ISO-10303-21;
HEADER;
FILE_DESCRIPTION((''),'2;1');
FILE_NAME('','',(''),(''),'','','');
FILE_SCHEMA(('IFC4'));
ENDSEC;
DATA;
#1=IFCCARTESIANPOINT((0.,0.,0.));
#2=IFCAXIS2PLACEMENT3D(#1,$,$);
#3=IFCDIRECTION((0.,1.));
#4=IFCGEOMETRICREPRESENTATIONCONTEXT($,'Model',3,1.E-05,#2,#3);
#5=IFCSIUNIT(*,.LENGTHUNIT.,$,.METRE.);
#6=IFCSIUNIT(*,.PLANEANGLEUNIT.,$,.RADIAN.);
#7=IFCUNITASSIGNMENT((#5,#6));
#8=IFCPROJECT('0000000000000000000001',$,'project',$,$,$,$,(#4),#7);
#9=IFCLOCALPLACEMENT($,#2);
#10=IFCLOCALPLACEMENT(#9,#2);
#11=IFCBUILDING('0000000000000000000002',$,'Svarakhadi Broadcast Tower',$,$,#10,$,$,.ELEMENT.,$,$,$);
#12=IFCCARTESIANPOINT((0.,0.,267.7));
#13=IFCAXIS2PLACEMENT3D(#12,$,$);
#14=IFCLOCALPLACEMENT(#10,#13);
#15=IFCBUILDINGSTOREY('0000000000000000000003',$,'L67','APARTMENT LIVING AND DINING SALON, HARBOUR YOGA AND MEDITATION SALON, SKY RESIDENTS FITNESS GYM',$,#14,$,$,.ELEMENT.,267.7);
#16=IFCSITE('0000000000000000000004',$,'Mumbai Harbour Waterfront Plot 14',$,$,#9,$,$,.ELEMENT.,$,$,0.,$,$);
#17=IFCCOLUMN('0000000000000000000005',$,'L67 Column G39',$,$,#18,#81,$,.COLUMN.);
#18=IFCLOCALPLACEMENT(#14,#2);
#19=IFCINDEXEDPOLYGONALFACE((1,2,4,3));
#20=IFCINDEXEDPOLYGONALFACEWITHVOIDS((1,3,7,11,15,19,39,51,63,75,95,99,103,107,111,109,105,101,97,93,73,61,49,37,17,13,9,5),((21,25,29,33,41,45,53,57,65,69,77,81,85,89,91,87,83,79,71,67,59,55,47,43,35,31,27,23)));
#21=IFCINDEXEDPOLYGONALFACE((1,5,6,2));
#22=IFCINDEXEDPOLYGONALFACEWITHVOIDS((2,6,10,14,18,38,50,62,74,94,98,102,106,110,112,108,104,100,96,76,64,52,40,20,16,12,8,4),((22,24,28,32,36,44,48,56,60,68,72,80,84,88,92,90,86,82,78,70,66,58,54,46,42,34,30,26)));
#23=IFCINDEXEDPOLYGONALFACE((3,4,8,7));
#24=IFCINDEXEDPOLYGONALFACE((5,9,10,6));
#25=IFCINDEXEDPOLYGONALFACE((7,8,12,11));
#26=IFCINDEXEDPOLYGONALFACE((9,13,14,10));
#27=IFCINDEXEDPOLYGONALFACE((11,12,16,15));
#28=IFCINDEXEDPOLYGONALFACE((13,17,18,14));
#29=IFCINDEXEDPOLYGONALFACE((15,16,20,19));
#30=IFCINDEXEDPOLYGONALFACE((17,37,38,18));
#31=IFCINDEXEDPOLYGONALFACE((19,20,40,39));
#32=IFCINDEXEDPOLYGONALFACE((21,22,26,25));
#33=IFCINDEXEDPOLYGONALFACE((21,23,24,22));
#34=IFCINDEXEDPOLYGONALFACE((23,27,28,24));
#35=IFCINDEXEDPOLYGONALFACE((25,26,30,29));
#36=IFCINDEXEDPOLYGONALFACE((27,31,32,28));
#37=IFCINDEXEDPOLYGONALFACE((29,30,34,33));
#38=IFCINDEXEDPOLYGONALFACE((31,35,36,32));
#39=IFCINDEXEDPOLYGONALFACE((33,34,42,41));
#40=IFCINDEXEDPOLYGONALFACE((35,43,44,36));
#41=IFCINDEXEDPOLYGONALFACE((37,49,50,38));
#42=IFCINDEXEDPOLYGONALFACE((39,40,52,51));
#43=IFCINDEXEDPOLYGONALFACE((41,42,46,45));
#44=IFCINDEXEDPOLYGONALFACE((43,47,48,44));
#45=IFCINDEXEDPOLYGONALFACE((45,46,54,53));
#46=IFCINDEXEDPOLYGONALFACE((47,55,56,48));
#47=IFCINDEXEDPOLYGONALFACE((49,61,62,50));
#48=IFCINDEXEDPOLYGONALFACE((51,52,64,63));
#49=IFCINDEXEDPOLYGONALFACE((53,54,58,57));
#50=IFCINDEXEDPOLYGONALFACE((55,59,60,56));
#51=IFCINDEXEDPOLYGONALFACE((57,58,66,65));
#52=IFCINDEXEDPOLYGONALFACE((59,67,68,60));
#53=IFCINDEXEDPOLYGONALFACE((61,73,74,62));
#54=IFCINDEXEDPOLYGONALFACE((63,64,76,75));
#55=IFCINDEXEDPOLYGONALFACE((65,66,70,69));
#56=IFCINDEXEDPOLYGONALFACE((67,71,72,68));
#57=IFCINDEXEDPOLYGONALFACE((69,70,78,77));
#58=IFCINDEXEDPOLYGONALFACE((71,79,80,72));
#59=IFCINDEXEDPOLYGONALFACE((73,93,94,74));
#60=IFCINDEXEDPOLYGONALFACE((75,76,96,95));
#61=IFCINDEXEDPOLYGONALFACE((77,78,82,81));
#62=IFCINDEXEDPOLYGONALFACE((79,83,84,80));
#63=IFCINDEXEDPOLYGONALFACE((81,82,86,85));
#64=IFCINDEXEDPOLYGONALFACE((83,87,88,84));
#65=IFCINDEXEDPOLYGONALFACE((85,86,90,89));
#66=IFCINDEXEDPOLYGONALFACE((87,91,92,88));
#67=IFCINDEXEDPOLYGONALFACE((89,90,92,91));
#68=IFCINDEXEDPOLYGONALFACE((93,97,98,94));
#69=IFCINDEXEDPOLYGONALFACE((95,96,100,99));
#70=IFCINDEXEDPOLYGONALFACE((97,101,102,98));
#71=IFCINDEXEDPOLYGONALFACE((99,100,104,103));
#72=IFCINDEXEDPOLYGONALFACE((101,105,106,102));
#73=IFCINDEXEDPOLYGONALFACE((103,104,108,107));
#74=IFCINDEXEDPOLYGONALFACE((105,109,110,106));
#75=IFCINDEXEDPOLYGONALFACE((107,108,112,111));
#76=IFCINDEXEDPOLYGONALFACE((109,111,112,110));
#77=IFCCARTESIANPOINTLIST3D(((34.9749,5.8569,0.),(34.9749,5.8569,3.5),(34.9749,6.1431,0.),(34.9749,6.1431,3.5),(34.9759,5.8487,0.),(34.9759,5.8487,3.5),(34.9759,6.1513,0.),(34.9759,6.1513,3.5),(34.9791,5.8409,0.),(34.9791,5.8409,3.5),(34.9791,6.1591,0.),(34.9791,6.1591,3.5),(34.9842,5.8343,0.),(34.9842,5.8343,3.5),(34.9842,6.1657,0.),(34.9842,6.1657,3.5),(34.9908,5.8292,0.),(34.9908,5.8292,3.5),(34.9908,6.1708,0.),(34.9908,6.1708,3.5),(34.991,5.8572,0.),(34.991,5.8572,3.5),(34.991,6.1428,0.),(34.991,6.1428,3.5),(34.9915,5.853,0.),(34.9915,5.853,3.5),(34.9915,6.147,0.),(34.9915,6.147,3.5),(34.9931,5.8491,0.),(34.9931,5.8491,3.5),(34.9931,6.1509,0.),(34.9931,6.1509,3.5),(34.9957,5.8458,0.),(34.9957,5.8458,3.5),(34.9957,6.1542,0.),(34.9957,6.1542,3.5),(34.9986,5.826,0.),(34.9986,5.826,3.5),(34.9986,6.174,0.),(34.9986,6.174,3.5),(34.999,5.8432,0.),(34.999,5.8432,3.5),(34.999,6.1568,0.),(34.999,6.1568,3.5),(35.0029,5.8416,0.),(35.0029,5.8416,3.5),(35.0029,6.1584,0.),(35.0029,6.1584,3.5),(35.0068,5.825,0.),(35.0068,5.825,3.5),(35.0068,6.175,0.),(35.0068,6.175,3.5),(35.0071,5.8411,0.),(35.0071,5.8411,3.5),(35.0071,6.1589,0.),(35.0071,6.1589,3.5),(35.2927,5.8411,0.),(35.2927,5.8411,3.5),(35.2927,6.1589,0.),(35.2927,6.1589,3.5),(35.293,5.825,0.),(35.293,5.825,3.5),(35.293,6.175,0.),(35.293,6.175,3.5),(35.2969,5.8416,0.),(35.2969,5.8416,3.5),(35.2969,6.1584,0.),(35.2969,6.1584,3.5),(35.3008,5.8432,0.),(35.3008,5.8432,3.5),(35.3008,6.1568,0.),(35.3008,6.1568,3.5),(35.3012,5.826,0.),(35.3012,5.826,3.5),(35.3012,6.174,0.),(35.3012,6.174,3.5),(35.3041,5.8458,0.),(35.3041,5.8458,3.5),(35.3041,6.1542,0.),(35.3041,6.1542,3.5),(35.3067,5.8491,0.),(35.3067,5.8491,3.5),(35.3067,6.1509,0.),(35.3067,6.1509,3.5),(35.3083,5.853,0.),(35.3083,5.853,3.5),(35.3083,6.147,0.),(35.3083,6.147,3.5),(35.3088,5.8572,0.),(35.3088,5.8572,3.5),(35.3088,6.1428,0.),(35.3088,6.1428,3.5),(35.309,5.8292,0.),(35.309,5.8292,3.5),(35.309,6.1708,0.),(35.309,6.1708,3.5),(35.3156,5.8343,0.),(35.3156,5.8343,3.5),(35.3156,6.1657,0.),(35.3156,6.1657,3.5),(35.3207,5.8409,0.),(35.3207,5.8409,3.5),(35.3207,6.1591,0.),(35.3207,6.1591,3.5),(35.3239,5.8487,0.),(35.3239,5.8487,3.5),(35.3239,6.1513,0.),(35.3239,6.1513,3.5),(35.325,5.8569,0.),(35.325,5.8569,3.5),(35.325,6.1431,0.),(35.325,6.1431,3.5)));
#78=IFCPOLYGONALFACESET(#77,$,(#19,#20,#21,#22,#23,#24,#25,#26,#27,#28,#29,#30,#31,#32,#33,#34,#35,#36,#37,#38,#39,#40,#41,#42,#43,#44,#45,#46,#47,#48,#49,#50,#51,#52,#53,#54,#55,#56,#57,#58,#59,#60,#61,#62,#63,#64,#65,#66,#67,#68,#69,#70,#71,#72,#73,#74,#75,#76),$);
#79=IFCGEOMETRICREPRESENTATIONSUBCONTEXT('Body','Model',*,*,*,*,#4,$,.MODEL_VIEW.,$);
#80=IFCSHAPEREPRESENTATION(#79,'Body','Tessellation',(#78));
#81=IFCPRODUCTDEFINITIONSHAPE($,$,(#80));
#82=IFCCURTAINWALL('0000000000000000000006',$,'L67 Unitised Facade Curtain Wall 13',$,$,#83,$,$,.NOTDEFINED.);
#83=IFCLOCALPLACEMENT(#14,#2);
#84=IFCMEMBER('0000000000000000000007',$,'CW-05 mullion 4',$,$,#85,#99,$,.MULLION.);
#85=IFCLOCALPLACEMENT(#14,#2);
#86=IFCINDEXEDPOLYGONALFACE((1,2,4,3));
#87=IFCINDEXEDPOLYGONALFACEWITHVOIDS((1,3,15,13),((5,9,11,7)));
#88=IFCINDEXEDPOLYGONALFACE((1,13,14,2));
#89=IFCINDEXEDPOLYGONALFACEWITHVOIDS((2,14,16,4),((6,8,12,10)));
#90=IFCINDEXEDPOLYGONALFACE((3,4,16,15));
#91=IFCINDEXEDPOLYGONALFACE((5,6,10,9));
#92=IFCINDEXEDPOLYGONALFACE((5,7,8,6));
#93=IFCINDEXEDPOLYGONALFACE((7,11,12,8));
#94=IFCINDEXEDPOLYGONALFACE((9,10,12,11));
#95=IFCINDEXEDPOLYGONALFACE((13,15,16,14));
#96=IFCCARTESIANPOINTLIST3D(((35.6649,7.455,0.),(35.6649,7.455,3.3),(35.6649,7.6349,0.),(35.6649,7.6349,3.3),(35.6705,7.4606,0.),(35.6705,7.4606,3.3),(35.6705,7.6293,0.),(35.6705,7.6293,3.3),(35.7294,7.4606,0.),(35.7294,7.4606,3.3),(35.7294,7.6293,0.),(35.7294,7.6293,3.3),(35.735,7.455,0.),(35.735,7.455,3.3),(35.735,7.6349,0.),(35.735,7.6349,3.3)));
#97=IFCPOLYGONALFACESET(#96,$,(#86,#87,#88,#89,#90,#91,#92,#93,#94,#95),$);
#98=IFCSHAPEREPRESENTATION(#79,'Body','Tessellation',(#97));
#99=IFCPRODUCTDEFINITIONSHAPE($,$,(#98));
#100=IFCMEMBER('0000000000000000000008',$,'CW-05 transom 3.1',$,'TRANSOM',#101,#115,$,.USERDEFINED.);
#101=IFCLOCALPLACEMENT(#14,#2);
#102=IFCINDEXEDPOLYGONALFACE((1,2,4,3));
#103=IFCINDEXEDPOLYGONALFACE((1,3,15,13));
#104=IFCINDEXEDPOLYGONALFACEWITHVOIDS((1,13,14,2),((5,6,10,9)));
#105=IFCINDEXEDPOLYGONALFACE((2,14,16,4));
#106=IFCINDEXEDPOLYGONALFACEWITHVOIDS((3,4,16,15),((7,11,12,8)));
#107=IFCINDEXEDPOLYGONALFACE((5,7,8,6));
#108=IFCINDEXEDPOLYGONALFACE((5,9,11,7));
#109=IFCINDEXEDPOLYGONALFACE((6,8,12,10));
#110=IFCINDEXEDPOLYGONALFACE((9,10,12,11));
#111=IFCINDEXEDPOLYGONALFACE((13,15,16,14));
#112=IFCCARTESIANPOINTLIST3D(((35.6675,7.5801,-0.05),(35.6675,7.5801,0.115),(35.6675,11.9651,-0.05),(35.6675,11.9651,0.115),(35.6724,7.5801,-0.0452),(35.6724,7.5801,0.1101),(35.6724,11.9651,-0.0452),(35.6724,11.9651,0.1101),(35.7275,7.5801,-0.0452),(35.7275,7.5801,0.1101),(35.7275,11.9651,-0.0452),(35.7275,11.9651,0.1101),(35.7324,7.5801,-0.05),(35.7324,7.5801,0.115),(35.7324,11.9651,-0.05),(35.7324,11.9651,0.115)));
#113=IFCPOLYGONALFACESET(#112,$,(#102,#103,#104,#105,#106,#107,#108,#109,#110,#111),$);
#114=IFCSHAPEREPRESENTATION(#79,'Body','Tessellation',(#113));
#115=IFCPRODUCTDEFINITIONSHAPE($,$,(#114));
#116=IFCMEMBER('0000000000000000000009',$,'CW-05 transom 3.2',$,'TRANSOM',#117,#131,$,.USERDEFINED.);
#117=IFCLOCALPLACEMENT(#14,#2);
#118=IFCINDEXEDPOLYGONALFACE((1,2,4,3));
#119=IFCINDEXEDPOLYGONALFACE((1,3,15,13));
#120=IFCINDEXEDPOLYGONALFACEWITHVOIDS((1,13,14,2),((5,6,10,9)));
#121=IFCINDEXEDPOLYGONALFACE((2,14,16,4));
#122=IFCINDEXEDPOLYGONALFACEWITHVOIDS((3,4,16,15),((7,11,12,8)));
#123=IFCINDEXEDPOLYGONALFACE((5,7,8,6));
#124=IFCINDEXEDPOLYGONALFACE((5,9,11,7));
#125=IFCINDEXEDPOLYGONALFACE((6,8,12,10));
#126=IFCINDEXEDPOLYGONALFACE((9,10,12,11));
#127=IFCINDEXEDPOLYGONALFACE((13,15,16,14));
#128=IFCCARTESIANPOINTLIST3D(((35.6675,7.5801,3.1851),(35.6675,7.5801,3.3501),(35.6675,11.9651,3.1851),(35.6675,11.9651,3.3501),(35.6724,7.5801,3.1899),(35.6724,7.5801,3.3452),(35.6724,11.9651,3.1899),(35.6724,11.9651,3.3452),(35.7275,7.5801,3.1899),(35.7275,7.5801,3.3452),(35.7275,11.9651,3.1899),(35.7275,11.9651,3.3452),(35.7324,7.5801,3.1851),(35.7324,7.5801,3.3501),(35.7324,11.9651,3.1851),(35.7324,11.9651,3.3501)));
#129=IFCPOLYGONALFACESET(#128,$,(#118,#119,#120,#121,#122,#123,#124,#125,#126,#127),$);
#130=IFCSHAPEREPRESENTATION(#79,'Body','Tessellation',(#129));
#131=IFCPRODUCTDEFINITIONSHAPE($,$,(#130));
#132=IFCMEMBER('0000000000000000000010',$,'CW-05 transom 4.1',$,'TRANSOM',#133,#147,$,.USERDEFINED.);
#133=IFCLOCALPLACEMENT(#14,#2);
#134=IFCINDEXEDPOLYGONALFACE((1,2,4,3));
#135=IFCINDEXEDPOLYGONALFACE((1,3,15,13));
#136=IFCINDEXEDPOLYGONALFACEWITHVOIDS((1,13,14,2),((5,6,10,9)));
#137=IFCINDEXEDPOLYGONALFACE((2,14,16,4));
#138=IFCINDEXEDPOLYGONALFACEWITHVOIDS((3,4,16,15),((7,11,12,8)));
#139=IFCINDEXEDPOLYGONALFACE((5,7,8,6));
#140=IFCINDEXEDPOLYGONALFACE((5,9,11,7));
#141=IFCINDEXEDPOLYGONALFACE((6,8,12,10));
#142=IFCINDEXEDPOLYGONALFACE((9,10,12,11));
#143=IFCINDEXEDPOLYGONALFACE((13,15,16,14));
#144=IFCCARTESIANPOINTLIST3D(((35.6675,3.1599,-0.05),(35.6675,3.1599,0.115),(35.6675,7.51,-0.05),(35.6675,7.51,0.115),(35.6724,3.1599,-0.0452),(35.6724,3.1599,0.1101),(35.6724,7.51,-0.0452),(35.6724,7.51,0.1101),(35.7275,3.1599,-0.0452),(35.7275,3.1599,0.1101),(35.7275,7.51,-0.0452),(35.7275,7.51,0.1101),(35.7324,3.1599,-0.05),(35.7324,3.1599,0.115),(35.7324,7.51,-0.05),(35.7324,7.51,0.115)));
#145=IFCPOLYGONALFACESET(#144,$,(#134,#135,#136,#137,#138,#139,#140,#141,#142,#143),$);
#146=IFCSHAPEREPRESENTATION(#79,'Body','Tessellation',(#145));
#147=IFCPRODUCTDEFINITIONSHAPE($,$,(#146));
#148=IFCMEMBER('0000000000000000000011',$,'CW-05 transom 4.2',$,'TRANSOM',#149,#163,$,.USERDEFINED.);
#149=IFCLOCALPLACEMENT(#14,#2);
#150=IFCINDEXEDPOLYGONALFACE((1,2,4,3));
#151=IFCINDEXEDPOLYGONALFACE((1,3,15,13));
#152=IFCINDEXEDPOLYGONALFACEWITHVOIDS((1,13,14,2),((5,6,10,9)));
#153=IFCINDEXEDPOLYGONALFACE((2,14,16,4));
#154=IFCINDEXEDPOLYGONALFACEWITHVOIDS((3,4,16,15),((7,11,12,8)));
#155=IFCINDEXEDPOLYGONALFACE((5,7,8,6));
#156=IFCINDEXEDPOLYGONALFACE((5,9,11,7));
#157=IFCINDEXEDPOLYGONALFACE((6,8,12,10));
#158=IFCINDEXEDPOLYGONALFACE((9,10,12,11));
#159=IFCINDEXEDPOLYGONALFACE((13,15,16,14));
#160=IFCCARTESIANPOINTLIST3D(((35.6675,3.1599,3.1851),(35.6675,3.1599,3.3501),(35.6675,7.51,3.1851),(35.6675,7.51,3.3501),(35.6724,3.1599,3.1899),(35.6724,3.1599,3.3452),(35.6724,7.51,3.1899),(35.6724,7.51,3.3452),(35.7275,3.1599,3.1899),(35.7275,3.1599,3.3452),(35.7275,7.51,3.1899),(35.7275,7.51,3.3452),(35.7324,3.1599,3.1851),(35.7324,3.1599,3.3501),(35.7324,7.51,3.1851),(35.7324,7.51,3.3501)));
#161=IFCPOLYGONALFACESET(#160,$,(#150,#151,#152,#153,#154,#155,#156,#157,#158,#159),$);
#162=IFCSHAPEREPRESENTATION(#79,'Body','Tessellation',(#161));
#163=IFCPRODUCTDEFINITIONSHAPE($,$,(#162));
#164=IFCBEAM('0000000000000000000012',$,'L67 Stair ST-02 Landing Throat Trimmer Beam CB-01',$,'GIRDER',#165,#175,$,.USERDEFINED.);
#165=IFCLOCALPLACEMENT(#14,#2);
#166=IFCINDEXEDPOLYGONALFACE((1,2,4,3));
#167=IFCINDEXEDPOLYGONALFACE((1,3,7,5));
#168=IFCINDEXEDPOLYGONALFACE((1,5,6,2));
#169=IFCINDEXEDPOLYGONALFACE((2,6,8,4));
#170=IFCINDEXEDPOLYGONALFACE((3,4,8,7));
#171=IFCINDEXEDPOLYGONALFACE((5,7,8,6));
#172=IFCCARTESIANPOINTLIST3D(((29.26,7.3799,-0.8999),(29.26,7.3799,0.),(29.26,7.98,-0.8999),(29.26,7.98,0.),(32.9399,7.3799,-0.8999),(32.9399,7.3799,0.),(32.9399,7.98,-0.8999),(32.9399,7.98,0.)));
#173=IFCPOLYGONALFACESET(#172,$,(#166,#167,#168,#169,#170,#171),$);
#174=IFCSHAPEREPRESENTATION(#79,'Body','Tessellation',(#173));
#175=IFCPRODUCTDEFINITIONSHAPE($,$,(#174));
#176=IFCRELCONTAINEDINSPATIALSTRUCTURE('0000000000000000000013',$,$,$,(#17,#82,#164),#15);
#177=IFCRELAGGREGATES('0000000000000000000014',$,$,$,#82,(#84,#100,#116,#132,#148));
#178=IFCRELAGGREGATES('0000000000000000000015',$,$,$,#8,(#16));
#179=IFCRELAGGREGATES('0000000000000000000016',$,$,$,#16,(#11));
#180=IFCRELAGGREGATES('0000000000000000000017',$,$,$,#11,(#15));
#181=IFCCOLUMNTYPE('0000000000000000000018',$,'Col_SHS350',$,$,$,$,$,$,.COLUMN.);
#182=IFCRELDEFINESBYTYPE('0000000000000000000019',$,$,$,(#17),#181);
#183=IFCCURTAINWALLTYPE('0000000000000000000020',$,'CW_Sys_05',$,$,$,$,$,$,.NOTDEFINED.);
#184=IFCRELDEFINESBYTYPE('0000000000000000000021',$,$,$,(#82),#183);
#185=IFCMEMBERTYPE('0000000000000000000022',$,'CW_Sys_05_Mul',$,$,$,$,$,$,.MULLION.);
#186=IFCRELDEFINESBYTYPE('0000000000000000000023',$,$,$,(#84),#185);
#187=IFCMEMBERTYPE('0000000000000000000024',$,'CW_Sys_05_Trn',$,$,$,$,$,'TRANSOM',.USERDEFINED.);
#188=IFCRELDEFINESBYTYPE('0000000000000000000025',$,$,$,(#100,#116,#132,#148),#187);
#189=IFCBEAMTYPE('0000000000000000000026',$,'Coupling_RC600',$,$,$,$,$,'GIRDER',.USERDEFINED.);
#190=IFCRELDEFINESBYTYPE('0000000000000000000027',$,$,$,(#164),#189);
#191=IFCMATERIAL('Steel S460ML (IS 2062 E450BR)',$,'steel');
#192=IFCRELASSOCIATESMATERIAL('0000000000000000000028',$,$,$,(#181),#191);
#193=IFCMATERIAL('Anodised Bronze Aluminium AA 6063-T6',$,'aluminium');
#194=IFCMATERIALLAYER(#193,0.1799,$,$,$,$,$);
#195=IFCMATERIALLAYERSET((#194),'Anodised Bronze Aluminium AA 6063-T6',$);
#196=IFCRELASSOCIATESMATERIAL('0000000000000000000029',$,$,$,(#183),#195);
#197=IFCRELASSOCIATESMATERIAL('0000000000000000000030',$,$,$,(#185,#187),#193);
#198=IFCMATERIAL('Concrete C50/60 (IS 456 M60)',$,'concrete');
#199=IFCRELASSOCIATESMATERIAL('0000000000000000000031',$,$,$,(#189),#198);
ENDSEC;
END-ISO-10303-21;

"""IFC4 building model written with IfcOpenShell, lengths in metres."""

from ifc_helpers import new_model, si_unit, direction, frame, origin, origin_2d, place, context, subcontext, project, spatial, rectangle, hollow_rectangle, extrude, material, layer, layer_set, material_profile, profile_set, type_object, element, aggregate, save


model = new_model("IFC4")

# Units and contexts
model_context = context("Model", 3, precision=1e-05, world=origin(), true_north=direction((0.0, 1.0)))
body_context = subcontext(model_context, "Body", "Model", "MODEL_VIEW")
ifc_project = project(units=[si_unit("LENGTHUNIT", "METRE"), si_unit("PLANEANGLEUNIT", "RADIAN")], contexts=[model_context])

# Site, building, storey
site_placement = place(None, origin())
site = spatial("IfcSite", under=ifc_project, at=site_placement, Name="Mumbai Harbour Waterfront Plot 14", CompositionType="ELEMENT", RefElevation=0.0)
building_placement = place(site_placement, origin())
building = spatial("IfcBuilding", under=site, at=building_placement, Name="Svarakhadi Broadcast Tower", CompositionType="ELEMENT")
storey_placement = place(building_placement, frame((0.0, 0.0, 267.7)))
storey = spatial("IfcBuildingStorey", under=building, at=storey_placement, Name="L67", Description="APARTMENT LIVING AND DINING SALON, HARBOUR YOGA AND MEDITATION SALON, SKY RESIDENTS FITNESS GYM", CompositionType="ELEMENT", Elevation=267.7)

# Column
ifc_material_1 = material(Name="Steel S460ML (IS 2062 E450BR)", Category="steel")
ifc_material_profile_1 = material_profile(ifc_material_1, hollow_rectangle(XDim=0.3501, YDim=0.3501, WallThickness=0.0161, InnerFilletRadius=0.0161, OuterFilletRadius=0.032, at=origin_2d()), Name="SHS 350x350x16")
ifc_profile_set_1 = profile_set([ifc_material_profile_1], Name="Steel S460ML (IS 2062 E450BR)")
column_type = type_object("IfcColumnType", Name="Col_SHS350", PredefinedType="COLUMN", material=ifc_profile_set_1)
column_placement = place(storey_placement, frame((35.1499, 6.0, 0.0), z_axis=(0.0, 0.0, 1.0), x_axis=(1.0, 0.0, 0.0)))
element("IfcColumn", 1, at=column_placement, inside=storey, type_object=column_type, Name="L67 Column G39", PredefinedType="COLUMN", context=body_context, shape_type="SweptSolid", body=[
    extrude(hollow_rectangle(XDim=0.3501, YDim=0.3501, WallThickness=0.0161, InnerFilletRadius=0.0161, OuterFilletRadius=0.032, at=origin_2d()), origin(), (0.0, 0.0, 1.0), 3.5),
])

# Curtain wall, members
ifc_material_2 = material(Name="Anodised Bronze Aluminium AA 6063-T6", Category="aluminium")
ifc_layer_1 = layer(ifc_material_2, 0.1799)
ifc_layer_set_1 = layer_set([ifc_layer_1], Name="Anodised Bronze Aluminium AA 6063-T6")
curtain_wall_type = type_object("IfcCurtainWallType", Name="CW_Sys_05", PredefinedType="NOTDEFINED", material=ifc_layer_set_1)
curtain_wall_placement = place(storey_placement, origin())
curtain_wall = element("IfcCurtainWall", 2, at=curtain_wall_placement, inside=storey, type_object=curtain_wall_type, Name="L67 Unitised Facade Curtain Wall 13", PredefinedType="NOTDEFINED")
ifc_material_profile_2 = material_profile(ifc_material_2, hollow_rectangle(XDim=0.0701, YDim=0.1799, WallThickness=0.0056, at=origin_2d()), Name="ALU MULLION 180x70x6")
ifc_profile_set_2 = profile_set([ifc_material_profile_2], Name="Anodised Bronze Aluminium AA 6063-T6")
member_type_1 = type_object("IfcMemberType", Name="CW_Sys_05_Mul", PredefinedType="MULLION", material=ifc_profile_set_2)
member_1_placement = place(storey_placement, frame((35.7, 7.5449, 0.0), z_axis=(0.0, 0.0, 1.0), x_axis=(1.0, 0.0, 0.0)))
member_1 = element("IfcMember", 3, at=member_1_placement, type_object=member_type_1, Name="CW-05 mullion 4", PredefinedType="MULLION", context=body_context, shape_type="SweptSolid", body=[
    extrude(hollow_rectangle(XDim=0.0701, YDim=0.1799, WallThickness=0.0056, at=origin_2d()), origin(), (0.0, 0.0, 1.0), 3.3),
])
ifc_material_profile_3 = material_profile(ifc_material_2, hollow_rectangle(XDim=0.0649, YDim=0.165, WallThickness=0.0049, at=origin_2d()), Name="ALU TRANSOM 165x65x5")
ifc_profile_set_3 = profile_set([ifc_material_profile_3], Name="Anodised Bronze Aluminium AA 6063-T6")
member_type_2 = type_object("IfcMemberType", Name="CW_Sys_05_Trn", ElementType="TRANSOM", PredefinedType="USERDEFINED", material=ifc_profile_set_3)
member_2_placement = place(storey_placement, frame((35.7, 11.9651, 0.0325), z_axis=(0.0, -1.0, 0.0), x_axis=(1.0, 0.0, 0.0)))
member_2 = element("IfcMember", 4, at=member_2_placement, type_object=member_type_2, Name="CW-05 transom 3.1", ObjectType="TRANSOM", PredefinedType="USERDEFINED", context=body_context, shape_type="SweptSolid", body=[
    extrude(hollow_rectangle(XDim=0.0649, YDim=0.165, WallThickness=0.0049, at=origin_2d()), origin(), (0.0, 0.0, 1.0), 4.385),
])
member_3_placement = place(storey_placement, frame((35.7, 11.9651, 3.2676), z_axis=(0.0, -1.0, 0.0), x_axis=(1.0, 0.0, 0.0)))
member_3 = element("IfcMember", 5, at=member_3_placement, type_object=member_type_2, Name="CW-05 transom 3.2", ObjectType="TRANSOM", PredefinedType="USERDEFINED", context=body_context, shape_type="SweptSolid", body=[
    extrude(hollow_rectangle(XDim=0.0649, YDim=0.165, WallThickness=0.0049, at=origin_2d()), origin(), (0.0, 0.0, 1.0), 4.385),
])
member_4_placement = place(storey_placement, frame((35.7, 7.51, 0.0325), z_axis=(0.0, -1.0, 0.0), x_axis=(1.0, 0.0, 0.0)))
member_4 = element("IfcMember", 6, at=member_4_placement, type_object=member_type_2, Name="CW-05 transom 4.1", ObjectType="TRANSOM", PredefinedType="USERDEFINED", context=body_context, shape_type="SweptSolid", body=[
    extrude(hollow_rectangle(XDim=0.0649, YDim=0.165, WallThickness=0.0049, at=origin_2d()), origin(), (0.0, 0.0, 1.0), 4.3501),
])
member_5_placement = place(storey_placement, frame((35.7, 7.51, 3.2676), z_axis=(0.0, -1.0, 0.0), x_axis=(1.0, 0.0, 0.0)))
member_5 = element("IfcMember", 7, at=member_5_placement, type_object=member_type_2, Name="CW-05 transom 4.2", ObjectType="TRANSOM", PredefinedType="USERDEFINED", context=body_context, shape_type="SweptSolid", body=[
    extrude(hollow_rectangle(XDim=0.0649, YDim=0.165, WallThickness=0.0049, at=origin_2d()), origin(), (0.0, 0.0, 1.0), 4.3501),
])

# Beam
ifc_material_3 = material(Name="Concrete C50/60 (IS 456 M60)", Category="concrete")
ifc_material_profile_4 = material_profile(ifc_material_3, rectangle(XDim=0.6001, YDim=0.8999, at=origin_2d()), Name="RC 600x900")
ifc_profile_set_4 = profile_set([ifc_material_profile_4], Name="Concrete C50/60 (IS 456 M60)")
beam_type_1 = type_object("IfcBeamType", Name="Coupling_RC600", ElementType="GIRDER", PredefinedType="USERDEFINED", material=ifc_profile_set_4)
beam_1_placement = place(storey_placement, frame((29.26, 7.6799, -0.45), z_axis=(1.0, 0.0, 0.0), x_axis=(0.0, 1.0, 0.0)))
element("IfcBeam", 8, at=beam_1_placement, inside=storey, type_object=beam_type_1, Name="L67 Stair ST-02 Landing Throat Trimmer Beam CB-01", ObjectType="GIRDER", PredefinedType="USERDEFINED", context=body_context, shape_type="SweptSolid", body=[
    extrude(rectangle(XDim=0.6001, YDim=0.8999, at=origin_2d()), origin(), (0.0, 0.0, 1.0), 3.6799),
])

aggregate(curtain_wall, [member_1, member_2, member_3, member_4, member_5])

save(model, "model.ifc")
